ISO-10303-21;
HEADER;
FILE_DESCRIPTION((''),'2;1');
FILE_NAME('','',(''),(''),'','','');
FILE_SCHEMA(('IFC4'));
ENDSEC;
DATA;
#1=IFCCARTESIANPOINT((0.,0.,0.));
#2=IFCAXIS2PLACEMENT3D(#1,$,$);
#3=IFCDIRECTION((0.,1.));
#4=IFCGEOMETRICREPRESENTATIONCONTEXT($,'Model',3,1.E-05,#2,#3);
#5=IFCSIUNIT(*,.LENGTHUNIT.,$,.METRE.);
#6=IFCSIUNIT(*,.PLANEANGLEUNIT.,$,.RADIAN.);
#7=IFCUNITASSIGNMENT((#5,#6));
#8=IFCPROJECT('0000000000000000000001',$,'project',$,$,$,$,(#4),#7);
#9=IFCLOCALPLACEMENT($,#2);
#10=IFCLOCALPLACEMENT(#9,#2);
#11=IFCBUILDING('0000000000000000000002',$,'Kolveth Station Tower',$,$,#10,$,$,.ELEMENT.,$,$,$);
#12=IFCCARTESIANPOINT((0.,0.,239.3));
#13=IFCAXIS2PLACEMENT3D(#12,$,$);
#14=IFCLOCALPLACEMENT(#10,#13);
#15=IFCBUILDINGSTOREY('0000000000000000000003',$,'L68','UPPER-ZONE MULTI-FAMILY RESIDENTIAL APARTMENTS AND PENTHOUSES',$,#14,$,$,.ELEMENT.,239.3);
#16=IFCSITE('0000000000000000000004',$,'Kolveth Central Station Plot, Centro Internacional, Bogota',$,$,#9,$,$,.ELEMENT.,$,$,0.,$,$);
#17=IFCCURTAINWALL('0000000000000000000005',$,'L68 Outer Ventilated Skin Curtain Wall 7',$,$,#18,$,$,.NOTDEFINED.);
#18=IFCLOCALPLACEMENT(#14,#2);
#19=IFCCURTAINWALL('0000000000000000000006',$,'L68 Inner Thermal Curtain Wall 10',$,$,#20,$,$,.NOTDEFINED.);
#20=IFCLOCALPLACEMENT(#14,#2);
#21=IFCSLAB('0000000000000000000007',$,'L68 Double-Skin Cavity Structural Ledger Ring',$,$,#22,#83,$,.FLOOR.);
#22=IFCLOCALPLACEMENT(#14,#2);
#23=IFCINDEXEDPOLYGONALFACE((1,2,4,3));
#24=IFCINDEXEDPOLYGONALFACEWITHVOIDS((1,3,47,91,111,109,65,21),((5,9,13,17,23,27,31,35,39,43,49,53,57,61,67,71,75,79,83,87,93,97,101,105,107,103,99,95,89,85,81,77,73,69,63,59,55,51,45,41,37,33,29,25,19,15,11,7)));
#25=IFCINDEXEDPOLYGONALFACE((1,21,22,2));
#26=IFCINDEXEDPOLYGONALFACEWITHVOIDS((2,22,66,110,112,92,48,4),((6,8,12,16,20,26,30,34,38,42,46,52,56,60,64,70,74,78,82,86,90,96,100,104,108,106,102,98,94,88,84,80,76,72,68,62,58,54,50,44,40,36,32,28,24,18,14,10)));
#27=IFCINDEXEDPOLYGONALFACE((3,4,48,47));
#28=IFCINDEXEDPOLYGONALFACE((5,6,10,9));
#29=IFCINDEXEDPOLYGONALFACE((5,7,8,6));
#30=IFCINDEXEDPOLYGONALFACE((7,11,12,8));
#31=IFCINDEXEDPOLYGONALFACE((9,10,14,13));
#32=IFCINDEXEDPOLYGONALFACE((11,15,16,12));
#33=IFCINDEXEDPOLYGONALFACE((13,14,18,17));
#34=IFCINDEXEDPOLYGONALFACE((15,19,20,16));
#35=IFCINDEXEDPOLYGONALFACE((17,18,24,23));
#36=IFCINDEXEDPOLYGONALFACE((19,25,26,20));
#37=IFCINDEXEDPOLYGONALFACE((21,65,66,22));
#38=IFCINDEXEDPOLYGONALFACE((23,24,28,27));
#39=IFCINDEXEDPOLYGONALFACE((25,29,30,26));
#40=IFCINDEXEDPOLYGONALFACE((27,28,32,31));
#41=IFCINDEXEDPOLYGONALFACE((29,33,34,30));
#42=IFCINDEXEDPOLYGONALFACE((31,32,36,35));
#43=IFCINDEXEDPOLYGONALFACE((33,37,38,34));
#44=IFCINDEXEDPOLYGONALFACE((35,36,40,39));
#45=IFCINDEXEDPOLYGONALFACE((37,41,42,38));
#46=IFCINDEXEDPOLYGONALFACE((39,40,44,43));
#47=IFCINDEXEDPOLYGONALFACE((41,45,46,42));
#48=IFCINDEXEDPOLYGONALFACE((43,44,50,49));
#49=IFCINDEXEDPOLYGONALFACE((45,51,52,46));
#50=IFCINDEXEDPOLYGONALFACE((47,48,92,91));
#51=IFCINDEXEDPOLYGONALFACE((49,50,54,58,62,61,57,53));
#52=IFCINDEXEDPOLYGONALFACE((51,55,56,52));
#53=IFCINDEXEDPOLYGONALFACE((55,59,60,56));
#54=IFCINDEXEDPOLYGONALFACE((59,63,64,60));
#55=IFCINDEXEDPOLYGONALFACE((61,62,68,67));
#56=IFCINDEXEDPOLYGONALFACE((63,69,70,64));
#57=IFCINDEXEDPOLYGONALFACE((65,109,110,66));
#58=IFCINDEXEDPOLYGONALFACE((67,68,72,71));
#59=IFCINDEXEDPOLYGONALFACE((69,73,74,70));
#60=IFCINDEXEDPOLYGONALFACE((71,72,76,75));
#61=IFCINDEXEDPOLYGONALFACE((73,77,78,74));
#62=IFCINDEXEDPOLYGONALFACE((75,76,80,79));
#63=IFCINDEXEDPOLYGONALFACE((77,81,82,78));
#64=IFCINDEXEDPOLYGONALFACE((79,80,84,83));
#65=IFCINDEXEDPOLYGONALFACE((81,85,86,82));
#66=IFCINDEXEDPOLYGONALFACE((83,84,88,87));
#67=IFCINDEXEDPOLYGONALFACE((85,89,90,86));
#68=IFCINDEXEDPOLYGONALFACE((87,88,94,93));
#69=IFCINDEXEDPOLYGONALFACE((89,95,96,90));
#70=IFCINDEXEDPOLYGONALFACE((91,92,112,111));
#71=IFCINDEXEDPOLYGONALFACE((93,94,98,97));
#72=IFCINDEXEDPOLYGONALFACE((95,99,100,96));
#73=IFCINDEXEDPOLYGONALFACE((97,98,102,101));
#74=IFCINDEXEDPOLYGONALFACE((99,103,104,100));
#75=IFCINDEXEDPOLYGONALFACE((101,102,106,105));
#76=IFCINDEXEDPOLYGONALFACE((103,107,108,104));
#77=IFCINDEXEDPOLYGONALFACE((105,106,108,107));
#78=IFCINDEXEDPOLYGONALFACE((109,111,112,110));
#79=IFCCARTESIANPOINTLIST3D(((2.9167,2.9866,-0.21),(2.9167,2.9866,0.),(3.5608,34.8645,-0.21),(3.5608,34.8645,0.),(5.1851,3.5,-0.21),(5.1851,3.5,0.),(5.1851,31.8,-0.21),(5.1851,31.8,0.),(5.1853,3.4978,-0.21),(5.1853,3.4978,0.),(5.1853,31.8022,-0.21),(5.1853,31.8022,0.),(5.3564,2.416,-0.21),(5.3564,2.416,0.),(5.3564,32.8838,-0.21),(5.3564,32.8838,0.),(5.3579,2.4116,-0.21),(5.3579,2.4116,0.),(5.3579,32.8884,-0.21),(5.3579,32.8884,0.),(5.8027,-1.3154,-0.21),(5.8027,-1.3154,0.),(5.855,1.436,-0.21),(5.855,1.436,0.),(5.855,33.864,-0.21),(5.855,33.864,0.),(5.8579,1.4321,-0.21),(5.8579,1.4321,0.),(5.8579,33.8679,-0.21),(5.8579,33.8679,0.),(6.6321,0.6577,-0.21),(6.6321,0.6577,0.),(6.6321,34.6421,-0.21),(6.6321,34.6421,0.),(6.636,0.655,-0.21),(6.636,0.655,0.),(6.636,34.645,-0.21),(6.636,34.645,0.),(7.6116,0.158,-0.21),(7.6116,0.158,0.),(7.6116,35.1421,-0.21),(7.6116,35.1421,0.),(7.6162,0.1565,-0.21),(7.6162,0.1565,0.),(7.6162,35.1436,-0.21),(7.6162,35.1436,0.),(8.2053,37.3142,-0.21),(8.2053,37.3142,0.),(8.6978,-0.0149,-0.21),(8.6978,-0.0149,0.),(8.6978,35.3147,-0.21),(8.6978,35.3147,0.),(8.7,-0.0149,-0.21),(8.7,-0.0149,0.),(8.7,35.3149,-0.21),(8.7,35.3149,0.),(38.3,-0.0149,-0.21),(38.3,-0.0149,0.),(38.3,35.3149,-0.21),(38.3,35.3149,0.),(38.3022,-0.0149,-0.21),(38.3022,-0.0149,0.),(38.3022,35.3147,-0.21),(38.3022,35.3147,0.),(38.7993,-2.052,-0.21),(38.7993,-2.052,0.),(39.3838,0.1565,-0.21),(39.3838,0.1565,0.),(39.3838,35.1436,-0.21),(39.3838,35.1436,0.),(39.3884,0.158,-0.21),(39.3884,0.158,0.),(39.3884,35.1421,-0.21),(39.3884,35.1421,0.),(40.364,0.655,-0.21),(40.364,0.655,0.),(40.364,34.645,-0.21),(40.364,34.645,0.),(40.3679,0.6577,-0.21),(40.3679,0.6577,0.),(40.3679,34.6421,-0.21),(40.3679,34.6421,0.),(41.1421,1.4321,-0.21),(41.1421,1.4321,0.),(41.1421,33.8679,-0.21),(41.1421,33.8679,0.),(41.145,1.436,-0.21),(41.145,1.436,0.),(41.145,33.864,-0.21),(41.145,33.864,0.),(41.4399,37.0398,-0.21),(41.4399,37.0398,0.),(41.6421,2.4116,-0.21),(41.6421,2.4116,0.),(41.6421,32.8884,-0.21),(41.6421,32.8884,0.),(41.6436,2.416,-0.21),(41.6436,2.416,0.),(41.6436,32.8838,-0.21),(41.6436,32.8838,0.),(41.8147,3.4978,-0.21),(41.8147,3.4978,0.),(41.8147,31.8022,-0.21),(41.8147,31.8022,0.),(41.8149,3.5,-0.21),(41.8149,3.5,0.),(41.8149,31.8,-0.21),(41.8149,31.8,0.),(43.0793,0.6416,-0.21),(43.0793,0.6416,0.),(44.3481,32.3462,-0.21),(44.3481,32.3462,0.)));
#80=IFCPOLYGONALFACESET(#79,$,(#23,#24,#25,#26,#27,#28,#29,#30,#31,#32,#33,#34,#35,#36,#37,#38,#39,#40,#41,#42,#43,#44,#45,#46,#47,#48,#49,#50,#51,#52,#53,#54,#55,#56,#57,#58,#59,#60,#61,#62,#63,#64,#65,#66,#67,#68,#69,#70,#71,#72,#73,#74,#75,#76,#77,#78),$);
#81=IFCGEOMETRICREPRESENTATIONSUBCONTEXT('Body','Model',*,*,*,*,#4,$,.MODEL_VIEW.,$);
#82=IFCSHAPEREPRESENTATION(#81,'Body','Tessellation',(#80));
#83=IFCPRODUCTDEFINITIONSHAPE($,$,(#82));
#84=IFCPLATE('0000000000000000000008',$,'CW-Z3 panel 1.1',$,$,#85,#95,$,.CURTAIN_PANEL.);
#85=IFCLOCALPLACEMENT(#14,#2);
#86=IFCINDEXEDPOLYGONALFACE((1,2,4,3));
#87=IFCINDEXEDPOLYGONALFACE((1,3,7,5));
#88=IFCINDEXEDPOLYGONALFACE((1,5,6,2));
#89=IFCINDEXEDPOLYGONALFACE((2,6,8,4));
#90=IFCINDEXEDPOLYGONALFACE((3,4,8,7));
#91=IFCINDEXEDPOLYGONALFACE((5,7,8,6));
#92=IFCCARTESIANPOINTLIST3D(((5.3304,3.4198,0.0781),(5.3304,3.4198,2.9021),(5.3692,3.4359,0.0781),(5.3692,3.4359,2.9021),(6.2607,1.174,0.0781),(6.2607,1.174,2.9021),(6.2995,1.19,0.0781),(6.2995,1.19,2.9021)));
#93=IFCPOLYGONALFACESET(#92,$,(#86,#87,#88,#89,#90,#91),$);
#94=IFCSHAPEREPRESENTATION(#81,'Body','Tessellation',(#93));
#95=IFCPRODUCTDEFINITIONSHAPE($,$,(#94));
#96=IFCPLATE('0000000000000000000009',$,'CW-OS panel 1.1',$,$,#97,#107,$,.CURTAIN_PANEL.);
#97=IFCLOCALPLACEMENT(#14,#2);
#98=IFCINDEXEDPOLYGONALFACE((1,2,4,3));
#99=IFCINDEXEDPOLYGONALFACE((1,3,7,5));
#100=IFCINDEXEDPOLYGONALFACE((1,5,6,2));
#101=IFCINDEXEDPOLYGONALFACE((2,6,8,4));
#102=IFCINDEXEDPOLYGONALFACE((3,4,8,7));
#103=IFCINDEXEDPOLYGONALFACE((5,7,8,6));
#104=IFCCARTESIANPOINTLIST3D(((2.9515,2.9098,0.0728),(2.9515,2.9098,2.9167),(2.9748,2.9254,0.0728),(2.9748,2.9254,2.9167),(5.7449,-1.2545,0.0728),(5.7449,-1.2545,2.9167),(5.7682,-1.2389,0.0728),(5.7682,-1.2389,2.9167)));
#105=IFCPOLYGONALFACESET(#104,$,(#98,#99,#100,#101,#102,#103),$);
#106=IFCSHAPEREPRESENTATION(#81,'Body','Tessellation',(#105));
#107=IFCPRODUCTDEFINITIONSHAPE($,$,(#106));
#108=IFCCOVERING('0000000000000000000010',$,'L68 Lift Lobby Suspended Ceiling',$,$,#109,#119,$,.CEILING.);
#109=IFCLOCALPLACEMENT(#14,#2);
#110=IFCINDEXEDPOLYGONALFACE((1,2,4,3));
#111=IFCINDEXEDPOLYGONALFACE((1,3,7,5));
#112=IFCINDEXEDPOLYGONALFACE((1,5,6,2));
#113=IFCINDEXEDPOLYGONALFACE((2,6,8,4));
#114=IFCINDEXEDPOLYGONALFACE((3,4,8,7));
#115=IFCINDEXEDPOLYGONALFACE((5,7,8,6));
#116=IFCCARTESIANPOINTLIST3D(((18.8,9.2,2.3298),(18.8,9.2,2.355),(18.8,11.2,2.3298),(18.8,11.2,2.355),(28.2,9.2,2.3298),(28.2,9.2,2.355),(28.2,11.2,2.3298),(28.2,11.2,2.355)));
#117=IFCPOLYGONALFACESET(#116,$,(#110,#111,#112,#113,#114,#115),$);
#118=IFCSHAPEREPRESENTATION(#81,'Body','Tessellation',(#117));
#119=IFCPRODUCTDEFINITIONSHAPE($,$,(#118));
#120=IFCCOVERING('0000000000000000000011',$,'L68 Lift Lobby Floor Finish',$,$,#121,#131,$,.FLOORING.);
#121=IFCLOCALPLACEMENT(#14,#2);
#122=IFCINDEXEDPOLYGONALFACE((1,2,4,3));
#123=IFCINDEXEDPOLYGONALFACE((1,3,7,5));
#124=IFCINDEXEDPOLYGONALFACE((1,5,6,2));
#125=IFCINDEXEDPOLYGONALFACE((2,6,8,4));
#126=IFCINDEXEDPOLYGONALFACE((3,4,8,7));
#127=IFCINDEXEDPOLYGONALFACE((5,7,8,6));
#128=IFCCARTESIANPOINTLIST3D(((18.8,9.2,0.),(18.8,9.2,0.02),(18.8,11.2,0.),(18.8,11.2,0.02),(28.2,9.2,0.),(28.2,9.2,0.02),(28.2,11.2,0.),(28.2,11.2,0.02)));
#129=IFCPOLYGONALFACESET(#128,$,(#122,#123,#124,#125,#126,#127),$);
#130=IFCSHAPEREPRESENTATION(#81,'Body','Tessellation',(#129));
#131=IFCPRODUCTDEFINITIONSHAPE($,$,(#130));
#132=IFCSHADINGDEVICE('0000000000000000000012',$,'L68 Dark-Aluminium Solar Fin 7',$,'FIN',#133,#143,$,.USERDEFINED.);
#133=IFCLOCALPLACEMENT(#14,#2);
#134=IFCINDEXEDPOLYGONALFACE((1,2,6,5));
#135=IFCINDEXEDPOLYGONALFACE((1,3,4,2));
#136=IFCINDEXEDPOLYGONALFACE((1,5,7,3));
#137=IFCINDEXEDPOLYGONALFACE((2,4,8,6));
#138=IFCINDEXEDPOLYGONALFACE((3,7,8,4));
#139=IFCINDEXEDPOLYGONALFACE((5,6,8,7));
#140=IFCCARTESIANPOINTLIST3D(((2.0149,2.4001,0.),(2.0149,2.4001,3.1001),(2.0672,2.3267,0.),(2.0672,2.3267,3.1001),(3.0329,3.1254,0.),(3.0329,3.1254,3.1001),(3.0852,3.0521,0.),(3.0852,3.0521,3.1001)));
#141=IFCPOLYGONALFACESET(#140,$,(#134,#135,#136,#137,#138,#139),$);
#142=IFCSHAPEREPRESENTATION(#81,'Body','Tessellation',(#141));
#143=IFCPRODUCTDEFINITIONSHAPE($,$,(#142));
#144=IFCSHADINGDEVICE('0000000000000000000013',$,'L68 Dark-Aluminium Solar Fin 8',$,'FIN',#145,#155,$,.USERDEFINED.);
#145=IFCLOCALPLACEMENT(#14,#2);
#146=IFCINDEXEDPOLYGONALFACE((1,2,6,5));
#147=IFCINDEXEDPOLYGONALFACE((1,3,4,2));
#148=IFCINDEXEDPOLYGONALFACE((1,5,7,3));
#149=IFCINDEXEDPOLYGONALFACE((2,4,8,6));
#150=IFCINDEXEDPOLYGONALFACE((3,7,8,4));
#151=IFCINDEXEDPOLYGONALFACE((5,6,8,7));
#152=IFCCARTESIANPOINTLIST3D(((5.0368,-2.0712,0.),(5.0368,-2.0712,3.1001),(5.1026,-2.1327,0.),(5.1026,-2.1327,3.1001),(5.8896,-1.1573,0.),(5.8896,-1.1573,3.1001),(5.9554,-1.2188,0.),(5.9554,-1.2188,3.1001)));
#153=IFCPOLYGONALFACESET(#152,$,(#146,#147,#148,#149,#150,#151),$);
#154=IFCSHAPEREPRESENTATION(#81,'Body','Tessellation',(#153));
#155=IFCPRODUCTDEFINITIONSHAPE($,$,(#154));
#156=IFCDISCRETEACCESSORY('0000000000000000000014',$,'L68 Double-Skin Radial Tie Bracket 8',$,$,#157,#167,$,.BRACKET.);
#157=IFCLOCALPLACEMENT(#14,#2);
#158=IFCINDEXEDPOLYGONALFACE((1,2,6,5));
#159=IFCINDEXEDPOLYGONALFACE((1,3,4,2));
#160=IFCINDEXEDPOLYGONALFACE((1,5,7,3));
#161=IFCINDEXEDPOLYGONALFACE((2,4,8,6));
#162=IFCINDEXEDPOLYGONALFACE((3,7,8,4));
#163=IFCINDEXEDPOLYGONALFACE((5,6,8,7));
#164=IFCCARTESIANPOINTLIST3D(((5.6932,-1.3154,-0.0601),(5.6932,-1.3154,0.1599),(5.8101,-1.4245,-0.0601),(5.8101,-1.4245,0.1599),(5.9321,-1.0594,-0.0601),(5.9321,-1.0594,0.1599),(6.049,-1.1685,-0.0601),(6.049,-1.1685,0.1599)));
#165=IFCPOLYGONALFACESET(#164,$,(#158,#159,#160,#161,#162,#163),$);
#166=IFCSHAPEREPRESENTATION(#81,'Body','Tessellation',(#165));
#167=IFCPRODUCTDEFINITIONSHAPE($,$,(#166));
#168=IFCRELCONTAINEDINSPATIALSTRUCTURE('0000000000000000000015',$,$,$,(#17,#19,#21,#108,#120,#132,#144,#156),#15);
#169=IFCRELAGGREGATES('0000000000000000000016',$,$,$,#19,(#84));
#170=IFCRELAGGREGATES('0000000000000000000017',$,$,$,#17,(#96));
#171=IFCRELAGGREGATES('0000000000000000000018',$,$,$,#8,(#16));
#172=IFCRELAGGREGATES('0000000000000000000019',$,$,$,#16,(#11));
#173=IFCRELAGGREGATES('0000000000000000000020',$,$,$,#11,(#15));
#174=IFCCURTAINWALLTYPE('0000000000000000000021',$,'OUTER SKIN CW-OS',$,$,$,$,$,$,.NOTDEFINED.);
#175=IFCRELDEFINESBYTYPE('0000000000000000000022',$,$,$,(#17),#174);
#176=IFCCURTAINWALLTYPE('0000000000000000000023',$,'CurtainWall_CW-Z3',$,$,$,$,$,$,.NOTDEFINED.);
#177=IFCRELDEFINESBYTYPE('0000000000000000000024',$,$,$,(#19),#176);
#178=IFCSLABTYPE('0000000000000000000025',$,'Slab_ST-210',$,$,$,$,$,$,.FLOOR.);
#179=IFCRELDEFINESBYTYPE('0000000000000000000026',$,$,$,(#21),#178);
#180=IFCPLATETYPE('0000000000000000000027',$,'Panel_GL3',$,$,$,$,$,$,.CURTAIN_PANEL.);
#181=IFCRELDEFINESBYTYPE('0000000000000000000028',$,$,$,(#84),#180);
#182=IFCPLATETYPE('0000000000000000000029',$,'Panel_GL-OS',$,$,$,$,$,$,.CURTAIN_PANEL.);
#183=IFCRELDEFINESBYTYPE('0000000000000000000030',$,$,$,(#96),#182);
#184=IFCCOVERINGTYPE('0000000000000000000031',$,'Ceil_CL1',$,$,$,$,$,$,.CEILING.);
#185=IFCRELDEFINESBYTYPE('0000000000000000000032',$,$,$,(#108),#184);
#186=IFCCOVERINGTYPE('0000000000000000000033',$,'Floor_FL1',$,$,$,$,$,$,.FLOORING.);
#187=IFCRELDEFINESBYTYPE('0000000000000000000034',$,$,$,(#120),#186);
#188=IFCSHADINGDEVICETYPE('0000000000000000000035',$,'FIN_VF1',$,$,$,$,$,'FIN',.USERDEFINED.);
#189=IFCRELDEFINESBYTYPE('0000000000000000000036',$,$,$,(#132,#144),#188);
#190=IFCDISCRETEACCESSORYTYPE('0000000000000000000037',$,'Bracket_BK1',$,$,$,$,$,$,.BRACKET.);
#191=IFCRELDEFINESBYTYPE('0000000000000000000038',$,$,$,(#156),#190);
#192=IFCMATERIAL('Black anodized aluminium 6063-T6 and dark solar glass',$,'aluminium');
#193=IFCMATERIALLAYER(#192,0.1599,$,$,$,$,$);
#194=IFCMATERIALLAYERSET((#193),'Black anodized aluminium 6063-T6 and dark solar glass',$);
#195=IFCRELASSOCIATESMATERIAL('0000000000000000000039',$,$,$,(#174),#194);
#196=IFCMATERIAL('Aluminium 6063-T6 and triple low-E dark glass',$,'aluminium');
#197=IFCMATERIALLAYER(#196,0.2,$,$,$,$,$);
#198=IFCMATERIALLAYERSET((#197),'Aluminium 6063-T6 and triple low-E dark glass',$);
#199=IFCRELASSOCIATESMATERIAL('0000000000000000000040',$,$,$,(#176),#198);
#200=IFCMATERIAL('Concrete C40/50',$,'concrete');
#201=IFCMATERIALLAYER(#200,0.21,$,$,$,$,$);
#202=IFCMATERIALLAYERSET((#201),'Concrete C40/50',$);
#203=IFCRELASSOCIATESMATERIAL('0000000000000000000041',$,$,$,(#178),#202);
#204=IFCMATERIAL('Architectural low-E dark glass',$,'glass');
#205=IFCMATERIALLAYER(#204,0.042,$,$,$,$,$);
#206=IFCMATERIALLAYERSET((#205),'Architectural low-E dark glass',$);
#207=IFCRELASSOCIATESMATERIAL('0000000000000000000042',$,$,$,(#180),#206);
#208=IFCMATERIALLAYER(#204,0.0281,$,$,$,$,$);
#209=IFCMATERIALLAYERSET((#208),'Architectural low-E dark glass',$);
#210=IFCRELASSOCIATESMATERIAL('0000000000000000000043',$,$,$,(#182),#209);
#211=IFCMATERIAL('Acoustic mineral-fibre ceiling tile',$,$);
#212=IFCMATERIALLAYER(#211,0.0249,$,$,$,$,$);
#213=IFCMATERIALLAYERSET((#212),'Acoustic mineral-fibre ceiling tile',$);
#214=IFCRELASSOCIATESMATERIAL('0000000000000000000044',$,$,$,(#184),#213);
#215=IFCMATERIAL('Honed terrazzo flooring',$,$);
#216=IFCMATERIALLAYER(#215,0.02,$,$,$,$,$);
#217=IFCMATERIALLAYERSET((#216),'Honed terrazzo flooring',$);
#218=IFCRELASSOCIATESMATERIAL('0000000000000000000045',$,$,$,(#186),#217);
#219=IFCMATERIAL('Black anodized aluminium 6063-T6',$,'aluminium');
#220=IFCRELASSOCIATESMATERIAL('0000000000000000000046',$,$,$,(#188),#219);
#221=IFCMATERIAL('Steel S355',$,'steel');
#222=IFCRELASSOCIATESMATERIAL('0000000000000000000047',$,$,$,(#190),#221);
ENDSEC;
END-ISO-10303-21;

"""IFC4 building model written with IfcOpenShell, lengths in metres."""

from ifc_helpers import new_model, si_unit, direction, frame, origin, origin_2d, place, context, subcontext, project, spatial, polyline, rectangle, outline, extrude, source, transform, mapped, material, layer, layer_set, type_object, element, aggregate, save


model = new_model("IFC4")

# Units and contexts
model_context = context("Model", 3, precision=1e-05, world=origin(), true_north=direction((0.0, 1.0)))
body_context = subcontext(model_context, "Body", "Model", "MODEL_VIEW")
ifc_project = project(units=[si_unit("LENGTHUNIT", "METRE"), si_unit("PLANEANGLEUNIT", "RADIAN")], contexts=[model_context])

# Site, building, storey
site_placement = place(None, origin())
site = spatial("IfcSite", under=ifc_project, at=site_placement, Name="Kolveth Central Station Plot, Centro Internacional, Bogota", CompositionType="ELEMENT", RefElevation=0.0)
building_placement = place(site_placement, origin())
building = spatial("IfcBuilding", under=site, at=building_placement, Name="Kolveth Station Tower", CompositionType="ELEMENT")
storey_placement = place(building_placement, frame((0.0, 0.0, 239.3)))
storey = spatial("IfcBuildingStorey", under=building, at=storey_placement, Name="L68", Description="UPPER-ZONE MULTI-FAMILY RESIDENTIAL APARTMENTS AND PENTHOUSES", CompositionType="ELEMENT", Elevation=239.3)

# Curtain walls
ifc_material_1 = material(Name="Black anodized aluminium 6063-T6 and dark solar glass", Category="aluminium")
ifc_layer_1 = layer(ifc_material_1, 0.1599)
ifc_layer_set_1 = layer_set([ifc_layer_1], Name="Black anodized aluminium 6063-T6 and dark solar glass")
curtain_wall_type_1 = type_object("IfcCurtainWallType", Name="OUTER SKIN CW-OS", PredefinedType="NOTDEFINED", material=ifc_layer_set_1)
curtain_wall_1_placement = place(storey_placement, origin())
curtain_wall_1 = element("IfcCurtainWall", 1, at=curtain_wall_1_placement, inside=storey, type_object=curtain_wall_type_1, Name="L68 Outer Ventilated Skin Curtain Wall 7", PredefinedType="NOTDEFINED")
ifc_material_2 = material(Name="Black anodized aluminium 6063-T6", Category="aluminium")
ifc_material_3 = material(Name="Aluminium 6063-T6 and triple low-E dark glass", Category="aluminium")
ifc_layer_2 = layer(ifc_material_3, 0.2)
ifc_layer_set_2 = layer_set([ifc_layer_2], Name="Aluminium 6063-T6 and triple low-E dark glass")
curtain_wall_type_2 = type_object("IfcCurtainWallType", Name="CurtainWall_CW-Z3", PredefinedType="NOTDEFINED", material=ifc_layer_set_2)
curtain_wall_2_placement = place(storey_placement, origin())
curtain_wall_2 = element("IfcCurtainWall", 2, at=curtain_wall_2_placement, inside=storey, type_object=curtain_wall_type_2, Name="L68 Inner Thermal Curtain Wall 10", PredefinedType="NOTDEFINED")

# Shared definitions
ifc_material_4 = material(Name="Concrete C40/50", Category="concrete")

# Slab
ifc_layer_3 = layer(ifc_material_4, 0.21)
ifc_layer_set_3 = layer_set([ifc_layer_3], Name="Concrete C40/50")
slab_type_1 = type_object("IfcSlabType", Name="Slab_ST-210", PredefinedType="FLOOR", material=ifc_layer_set_3)
slab_1_placement = place(storey_placement, frame((0.0, 0.0, -0.21)))
element("IfcSlab", 3, at=slab_1_placement, inside=storey, type_object=slab_type_1, Name="L68 Double-Skin Cavity Structural Ledger Ring", PredefinedType="FLOOR", context=body_context, shape_type="SweptSolid", body=[
    extrude(outline(polyline([(5.8027, -1.3154), (2.9167, 2.9866), (3.5608, 34.8645), (8.2053, 37.3142), (41.4399, 37.0398), (44.3481, 32.3462), (43.0793, 0.6416), (38.7993, -2.052), (5.8027, -1.3154)]), holes=[polyline([(38.3022, -0.0149), (39.3838, 0.1565), (39.3884, 0.158), (40.364, 0.655), (40.3679, 0.6577), (41.1421, 1.4321), (41.145, 1.436), (41.6421, 2.4116), (41.6436, 2.416), (41.8147, 3.4978), (41.8149, 3.5), (41.8149, 31.8), (41.8147, 31.8022), (41.6436, 32.8838), (41.6421, 32.8884), (41.145, 33.864), (41.1421, 33.8679), (40.3679, 34.6421), (40.364, 34.645), (39.3884, 35.1421), (39.3838, 35.1436), (38.3022, 35.3147), (38.3, 35.3149), (8.7, 35.3149), (8.6978, 35.3147), (7.6162, 35.1436), (7.6116, 35.1421), (6.636, 34.645), (6.6321, 34.6421), (5.8579, 33.8679), (5.855, 33.864), (5.3579, 32.8884), (5.3564, 32.8838), (5.1853, 31.8022), (5.1851, 31.8), (5.1851, 3.5), (5.1853, 3.4978), (5.3564, 2.416), (5.3579, 2.4116), (5.855, 1.436), (5.8579, 1.4321), (6.6321, 0.6577), (6.636, 0.655), (7.6116, 0.158), (7.6162, 0.1565), (8.6978, -0.0149), (8.7, -0.0149), (38.3, -0.0149), (38.3022, -0.0149)])]), origin(), (0.0, 0.0, 1.0), 0.21),
])

# Plates
ifc_material_5 = material(Name="Architectural low-E dark glass", Category="glass")
ifc_layer_4 = layer(ifc_material_5, 0.042)
ifc_layer_set_4 = layer_set([ifc_layer_4], Name="Architectural low-E dark glass")
plate_type_1 = type_object("IfcPlateType", Name="Panel_GL3", PredefinedType="CURTAIN_PANEL", material=ifc_layer_set_4)
shared_shape_1 = source(origin(), body_context, "Body", "SweptSolid", [
    extrude(rectangle(XDim=2.4309, YDim=0.042, at=origin_2d()), origin(), (0.0, 0.0, 1.0), 2.824),
])
plate_1_placement = place(storey_placement, frame((5.8149, 2.3049, 0.0781), z_axis=(0.0, 0.0, 1.0), x_axis=(0.382693, -0.923875, 0.0)))
plate_1 = element("IfcPlate", 4, at=plate_1_placement, type_object=plate_type_1, Name="CW-Z3 panel 1.1", PredefinedType="CURTAIN_PANEL", context=body_context, shape_type="MappedRepresentation", body=[
    mapped(shared_shape_1, transform((0.0, 0.0, 0.0), x_axis=(1.0, 0.0, 0.0), y_axis=(0.0, 1.0, 0.0), z_axis=(0.0, 0.0, 1.0), scale=1.0)),
])
aggregate(curtain_wall_2, [plate_1])
ifc_layer_5 = layer(ifc_material_5, 0.0281)
ifc_layer_set_5 = layer_set([ifc_layer_5], Name="Architectural low-E dark glass")
plate_type_2 = type_object("IfcPlateType", Name="Panel_GL-OS", PredefinedType="CURTAIN_PANEL", material=ifc_layer_set_5)
shared_shape_2 = source(origin(), body_context, "Body", "SweptSolid", [
    extrude(rectangle(XDim=5.0144, YDim=0.0281, at=origin_2d()), origin(), (0.0, 0.0, 1.0), 2.844),
])
plate_2_placement = place(storey_placement, frame((4.3599, 0.8354, 0.0728), z_axis=(0.0, 0.0, 1.0), x_axis=(0.557081, -0.830458, 0.0)))
plate_2 = element("IfcPlate", 5, at=plate_2_placement, type_object=plate_type_2, Name="CW-OS panel 1.1", PredefinedType="CURTAIN_PANEL", context=body_context, shape_type="MappedRepresentation", body=[
    mapped(shared_shape_2, transform((0.0, 0.0, 0.0), x_axis=(1.0, 0.0, 0.0), y_axis=(0.0, 1.0, 0.0), z_axis=(0.0, 0.0, 1.0), scale=1.0)),
])
aggregate(curtain_wall_1, [plate_2])

# Coverings
ifc_material_6 = material(Name="Acoustic mineral-fibre ceiling tile")
ifc_layer_6 = layer(ifc_material_6, 0.0249)
ifc_layer_set_6 = layer_set([ifc_layer_6], Name="Acoustic mineral-fibre ceiling tile")
covering_type_1 = type_object("IfcCoveringType", Name="Ceil_CL1", PredefinedType="CEILING", material=ifc_layer_set_6)
covering_1_placement = place(storey_placement, frame((0.0, 0.0, 2.3298)))
element("IfcCovering", 6, at=covering_1_placement, inside=storey, type_object=covering_type_1, Name="L68 Lift Lobby Suspended Ceiling", PredefinedType="CEILING", context=body_context, shape_type="SweptSolid", body=[
    extrude(outline(polyline([(18.8, 9.2), (28.2, 9.2), (28.2, 11.2), (18.8, 11.2), (18.8, 9.2)])), origin(), (0.0, 0.0, 1.0), 0.0251),
])
ifc_material_7 = material(Name="Honed terrazzo flooring")
ifc_layer_7 = layer(ifc_material_7, 0.02)
ifc_layer_set_7 = layer_set([ifc_layer_7], Name="Honed terrazzo flooring")
covering_type_2 = type_object("IfcCoveringType", Name="Floor_FL1", PredefinedType="FLOORING", material=ifc_layer_set_7)
covering_2_placement = place(storey_placement, origin())
element("IfcCovering", 7, at=covering_2_placement, inside=storey, type_object=covering_type_2, Name="L68 Lift Lobby Floor Finish", PredefinedType="FLOORING", context=body_context, shape_type="SweptSolid", body=[
    extrude(outline(polyline([(18.8, 9.2), (28.2, 9.2), (28.2, 11.2), (18.8, 11.2), (18.8, 9.2)])), origin(), (0.0, 0.0, 1.0), 0.02),
])

# Shading devices
shading_device_type = type_object("IfcShadingDeviceType", Name="FIN_VF1", ElementType="FIN", PredefinedType="USERDEFINED", material=ifc_material_2)
shared_shape_3 = source(origin(), body_context, "Body", "SweptSolid", [
    extrude(rectangle(XDim=1.25, YDim=0.0901, at=origin_2d()), origin(), (0.0, 0.0, 1.0), 3.1001),
])
for number, where, z_axis, x_axis, name in (
    (8, (2.55, 2.7261, 0.0), (0.0, 0.0, 1.0), (-0.814419, -0.580277, 0.0), "L68 Dark-Aluminium Solar Fin 7"),
    (9, (5.4961, -1.645, 0.0), (0.0, 0.0, 1.0), (-0.682254, -0.731116, 0.0), "L68 Dark-Aluminium Solar Fin 8"),
):
    element("IfcShadingDevice", number, at=place(storey_placement, frame(where, z_axis=z_axis, x_axis=x_axis)), inside=storey, type_object=shading_device_type, Name=name, ObjectType="FIN", PredefinedType="USERDEFINED", context=body_context, shape_type="MappedRepresentation", body=[
        mapped(shared_shape_3, transform((0.0, 0.0, 0.0), x_axis=(1.0, 0.0, 0.0), y_axis=(0.0, 1.0, 0.0), z_axis=(0.0, 0.0, 1.0), scale=1.0)),
    ])

# Discrete accessory
ifc_material_8 = material(Name="Steel S355", Category="steel")
discrete_accessory_type = type_object("IfcDiscreteAccessoryType", Name="Bracket_BK1", PredefinedType="BRACKET", material=ifc_material_8)
shared_shape_4 = source(origin(), body_context, "Body", "SweptSolid", [
    extrude(rectangle(XDim=0.3501, YDim=0.1599, at=origin_2d()), origin(), (0.0, 0.0, 1.0), 0.22),
])
discrete_accessory_placement = place(storey_placement, frame((5.8711, -1.2419, -0.0601), z_axis=(0.0, 0.0, 1.0), x_axis=(-0.682254, -0.731116, 0.0)))
element("IfcDiscreteAccessory", 10, at=discrete_accessory_placement, inside=storey, type_object=discrete_accessory_type, Name="L68 Double-Skin Radial Tie Bracket 8", PredefinedType="BRACKET", context=body_context, shape_type="MappedRepresentation", body=[
    mapped(shared_shape_4, transform((0.0, 0.0, 0.0), x_axis=(1.0, 0.0, 0.0), y_axis=(0.0, 1.0, 0.0), z_axis=(0.0, 0.0, 1.0), scale=1.0)),
])

save(model, "model.ifc")
